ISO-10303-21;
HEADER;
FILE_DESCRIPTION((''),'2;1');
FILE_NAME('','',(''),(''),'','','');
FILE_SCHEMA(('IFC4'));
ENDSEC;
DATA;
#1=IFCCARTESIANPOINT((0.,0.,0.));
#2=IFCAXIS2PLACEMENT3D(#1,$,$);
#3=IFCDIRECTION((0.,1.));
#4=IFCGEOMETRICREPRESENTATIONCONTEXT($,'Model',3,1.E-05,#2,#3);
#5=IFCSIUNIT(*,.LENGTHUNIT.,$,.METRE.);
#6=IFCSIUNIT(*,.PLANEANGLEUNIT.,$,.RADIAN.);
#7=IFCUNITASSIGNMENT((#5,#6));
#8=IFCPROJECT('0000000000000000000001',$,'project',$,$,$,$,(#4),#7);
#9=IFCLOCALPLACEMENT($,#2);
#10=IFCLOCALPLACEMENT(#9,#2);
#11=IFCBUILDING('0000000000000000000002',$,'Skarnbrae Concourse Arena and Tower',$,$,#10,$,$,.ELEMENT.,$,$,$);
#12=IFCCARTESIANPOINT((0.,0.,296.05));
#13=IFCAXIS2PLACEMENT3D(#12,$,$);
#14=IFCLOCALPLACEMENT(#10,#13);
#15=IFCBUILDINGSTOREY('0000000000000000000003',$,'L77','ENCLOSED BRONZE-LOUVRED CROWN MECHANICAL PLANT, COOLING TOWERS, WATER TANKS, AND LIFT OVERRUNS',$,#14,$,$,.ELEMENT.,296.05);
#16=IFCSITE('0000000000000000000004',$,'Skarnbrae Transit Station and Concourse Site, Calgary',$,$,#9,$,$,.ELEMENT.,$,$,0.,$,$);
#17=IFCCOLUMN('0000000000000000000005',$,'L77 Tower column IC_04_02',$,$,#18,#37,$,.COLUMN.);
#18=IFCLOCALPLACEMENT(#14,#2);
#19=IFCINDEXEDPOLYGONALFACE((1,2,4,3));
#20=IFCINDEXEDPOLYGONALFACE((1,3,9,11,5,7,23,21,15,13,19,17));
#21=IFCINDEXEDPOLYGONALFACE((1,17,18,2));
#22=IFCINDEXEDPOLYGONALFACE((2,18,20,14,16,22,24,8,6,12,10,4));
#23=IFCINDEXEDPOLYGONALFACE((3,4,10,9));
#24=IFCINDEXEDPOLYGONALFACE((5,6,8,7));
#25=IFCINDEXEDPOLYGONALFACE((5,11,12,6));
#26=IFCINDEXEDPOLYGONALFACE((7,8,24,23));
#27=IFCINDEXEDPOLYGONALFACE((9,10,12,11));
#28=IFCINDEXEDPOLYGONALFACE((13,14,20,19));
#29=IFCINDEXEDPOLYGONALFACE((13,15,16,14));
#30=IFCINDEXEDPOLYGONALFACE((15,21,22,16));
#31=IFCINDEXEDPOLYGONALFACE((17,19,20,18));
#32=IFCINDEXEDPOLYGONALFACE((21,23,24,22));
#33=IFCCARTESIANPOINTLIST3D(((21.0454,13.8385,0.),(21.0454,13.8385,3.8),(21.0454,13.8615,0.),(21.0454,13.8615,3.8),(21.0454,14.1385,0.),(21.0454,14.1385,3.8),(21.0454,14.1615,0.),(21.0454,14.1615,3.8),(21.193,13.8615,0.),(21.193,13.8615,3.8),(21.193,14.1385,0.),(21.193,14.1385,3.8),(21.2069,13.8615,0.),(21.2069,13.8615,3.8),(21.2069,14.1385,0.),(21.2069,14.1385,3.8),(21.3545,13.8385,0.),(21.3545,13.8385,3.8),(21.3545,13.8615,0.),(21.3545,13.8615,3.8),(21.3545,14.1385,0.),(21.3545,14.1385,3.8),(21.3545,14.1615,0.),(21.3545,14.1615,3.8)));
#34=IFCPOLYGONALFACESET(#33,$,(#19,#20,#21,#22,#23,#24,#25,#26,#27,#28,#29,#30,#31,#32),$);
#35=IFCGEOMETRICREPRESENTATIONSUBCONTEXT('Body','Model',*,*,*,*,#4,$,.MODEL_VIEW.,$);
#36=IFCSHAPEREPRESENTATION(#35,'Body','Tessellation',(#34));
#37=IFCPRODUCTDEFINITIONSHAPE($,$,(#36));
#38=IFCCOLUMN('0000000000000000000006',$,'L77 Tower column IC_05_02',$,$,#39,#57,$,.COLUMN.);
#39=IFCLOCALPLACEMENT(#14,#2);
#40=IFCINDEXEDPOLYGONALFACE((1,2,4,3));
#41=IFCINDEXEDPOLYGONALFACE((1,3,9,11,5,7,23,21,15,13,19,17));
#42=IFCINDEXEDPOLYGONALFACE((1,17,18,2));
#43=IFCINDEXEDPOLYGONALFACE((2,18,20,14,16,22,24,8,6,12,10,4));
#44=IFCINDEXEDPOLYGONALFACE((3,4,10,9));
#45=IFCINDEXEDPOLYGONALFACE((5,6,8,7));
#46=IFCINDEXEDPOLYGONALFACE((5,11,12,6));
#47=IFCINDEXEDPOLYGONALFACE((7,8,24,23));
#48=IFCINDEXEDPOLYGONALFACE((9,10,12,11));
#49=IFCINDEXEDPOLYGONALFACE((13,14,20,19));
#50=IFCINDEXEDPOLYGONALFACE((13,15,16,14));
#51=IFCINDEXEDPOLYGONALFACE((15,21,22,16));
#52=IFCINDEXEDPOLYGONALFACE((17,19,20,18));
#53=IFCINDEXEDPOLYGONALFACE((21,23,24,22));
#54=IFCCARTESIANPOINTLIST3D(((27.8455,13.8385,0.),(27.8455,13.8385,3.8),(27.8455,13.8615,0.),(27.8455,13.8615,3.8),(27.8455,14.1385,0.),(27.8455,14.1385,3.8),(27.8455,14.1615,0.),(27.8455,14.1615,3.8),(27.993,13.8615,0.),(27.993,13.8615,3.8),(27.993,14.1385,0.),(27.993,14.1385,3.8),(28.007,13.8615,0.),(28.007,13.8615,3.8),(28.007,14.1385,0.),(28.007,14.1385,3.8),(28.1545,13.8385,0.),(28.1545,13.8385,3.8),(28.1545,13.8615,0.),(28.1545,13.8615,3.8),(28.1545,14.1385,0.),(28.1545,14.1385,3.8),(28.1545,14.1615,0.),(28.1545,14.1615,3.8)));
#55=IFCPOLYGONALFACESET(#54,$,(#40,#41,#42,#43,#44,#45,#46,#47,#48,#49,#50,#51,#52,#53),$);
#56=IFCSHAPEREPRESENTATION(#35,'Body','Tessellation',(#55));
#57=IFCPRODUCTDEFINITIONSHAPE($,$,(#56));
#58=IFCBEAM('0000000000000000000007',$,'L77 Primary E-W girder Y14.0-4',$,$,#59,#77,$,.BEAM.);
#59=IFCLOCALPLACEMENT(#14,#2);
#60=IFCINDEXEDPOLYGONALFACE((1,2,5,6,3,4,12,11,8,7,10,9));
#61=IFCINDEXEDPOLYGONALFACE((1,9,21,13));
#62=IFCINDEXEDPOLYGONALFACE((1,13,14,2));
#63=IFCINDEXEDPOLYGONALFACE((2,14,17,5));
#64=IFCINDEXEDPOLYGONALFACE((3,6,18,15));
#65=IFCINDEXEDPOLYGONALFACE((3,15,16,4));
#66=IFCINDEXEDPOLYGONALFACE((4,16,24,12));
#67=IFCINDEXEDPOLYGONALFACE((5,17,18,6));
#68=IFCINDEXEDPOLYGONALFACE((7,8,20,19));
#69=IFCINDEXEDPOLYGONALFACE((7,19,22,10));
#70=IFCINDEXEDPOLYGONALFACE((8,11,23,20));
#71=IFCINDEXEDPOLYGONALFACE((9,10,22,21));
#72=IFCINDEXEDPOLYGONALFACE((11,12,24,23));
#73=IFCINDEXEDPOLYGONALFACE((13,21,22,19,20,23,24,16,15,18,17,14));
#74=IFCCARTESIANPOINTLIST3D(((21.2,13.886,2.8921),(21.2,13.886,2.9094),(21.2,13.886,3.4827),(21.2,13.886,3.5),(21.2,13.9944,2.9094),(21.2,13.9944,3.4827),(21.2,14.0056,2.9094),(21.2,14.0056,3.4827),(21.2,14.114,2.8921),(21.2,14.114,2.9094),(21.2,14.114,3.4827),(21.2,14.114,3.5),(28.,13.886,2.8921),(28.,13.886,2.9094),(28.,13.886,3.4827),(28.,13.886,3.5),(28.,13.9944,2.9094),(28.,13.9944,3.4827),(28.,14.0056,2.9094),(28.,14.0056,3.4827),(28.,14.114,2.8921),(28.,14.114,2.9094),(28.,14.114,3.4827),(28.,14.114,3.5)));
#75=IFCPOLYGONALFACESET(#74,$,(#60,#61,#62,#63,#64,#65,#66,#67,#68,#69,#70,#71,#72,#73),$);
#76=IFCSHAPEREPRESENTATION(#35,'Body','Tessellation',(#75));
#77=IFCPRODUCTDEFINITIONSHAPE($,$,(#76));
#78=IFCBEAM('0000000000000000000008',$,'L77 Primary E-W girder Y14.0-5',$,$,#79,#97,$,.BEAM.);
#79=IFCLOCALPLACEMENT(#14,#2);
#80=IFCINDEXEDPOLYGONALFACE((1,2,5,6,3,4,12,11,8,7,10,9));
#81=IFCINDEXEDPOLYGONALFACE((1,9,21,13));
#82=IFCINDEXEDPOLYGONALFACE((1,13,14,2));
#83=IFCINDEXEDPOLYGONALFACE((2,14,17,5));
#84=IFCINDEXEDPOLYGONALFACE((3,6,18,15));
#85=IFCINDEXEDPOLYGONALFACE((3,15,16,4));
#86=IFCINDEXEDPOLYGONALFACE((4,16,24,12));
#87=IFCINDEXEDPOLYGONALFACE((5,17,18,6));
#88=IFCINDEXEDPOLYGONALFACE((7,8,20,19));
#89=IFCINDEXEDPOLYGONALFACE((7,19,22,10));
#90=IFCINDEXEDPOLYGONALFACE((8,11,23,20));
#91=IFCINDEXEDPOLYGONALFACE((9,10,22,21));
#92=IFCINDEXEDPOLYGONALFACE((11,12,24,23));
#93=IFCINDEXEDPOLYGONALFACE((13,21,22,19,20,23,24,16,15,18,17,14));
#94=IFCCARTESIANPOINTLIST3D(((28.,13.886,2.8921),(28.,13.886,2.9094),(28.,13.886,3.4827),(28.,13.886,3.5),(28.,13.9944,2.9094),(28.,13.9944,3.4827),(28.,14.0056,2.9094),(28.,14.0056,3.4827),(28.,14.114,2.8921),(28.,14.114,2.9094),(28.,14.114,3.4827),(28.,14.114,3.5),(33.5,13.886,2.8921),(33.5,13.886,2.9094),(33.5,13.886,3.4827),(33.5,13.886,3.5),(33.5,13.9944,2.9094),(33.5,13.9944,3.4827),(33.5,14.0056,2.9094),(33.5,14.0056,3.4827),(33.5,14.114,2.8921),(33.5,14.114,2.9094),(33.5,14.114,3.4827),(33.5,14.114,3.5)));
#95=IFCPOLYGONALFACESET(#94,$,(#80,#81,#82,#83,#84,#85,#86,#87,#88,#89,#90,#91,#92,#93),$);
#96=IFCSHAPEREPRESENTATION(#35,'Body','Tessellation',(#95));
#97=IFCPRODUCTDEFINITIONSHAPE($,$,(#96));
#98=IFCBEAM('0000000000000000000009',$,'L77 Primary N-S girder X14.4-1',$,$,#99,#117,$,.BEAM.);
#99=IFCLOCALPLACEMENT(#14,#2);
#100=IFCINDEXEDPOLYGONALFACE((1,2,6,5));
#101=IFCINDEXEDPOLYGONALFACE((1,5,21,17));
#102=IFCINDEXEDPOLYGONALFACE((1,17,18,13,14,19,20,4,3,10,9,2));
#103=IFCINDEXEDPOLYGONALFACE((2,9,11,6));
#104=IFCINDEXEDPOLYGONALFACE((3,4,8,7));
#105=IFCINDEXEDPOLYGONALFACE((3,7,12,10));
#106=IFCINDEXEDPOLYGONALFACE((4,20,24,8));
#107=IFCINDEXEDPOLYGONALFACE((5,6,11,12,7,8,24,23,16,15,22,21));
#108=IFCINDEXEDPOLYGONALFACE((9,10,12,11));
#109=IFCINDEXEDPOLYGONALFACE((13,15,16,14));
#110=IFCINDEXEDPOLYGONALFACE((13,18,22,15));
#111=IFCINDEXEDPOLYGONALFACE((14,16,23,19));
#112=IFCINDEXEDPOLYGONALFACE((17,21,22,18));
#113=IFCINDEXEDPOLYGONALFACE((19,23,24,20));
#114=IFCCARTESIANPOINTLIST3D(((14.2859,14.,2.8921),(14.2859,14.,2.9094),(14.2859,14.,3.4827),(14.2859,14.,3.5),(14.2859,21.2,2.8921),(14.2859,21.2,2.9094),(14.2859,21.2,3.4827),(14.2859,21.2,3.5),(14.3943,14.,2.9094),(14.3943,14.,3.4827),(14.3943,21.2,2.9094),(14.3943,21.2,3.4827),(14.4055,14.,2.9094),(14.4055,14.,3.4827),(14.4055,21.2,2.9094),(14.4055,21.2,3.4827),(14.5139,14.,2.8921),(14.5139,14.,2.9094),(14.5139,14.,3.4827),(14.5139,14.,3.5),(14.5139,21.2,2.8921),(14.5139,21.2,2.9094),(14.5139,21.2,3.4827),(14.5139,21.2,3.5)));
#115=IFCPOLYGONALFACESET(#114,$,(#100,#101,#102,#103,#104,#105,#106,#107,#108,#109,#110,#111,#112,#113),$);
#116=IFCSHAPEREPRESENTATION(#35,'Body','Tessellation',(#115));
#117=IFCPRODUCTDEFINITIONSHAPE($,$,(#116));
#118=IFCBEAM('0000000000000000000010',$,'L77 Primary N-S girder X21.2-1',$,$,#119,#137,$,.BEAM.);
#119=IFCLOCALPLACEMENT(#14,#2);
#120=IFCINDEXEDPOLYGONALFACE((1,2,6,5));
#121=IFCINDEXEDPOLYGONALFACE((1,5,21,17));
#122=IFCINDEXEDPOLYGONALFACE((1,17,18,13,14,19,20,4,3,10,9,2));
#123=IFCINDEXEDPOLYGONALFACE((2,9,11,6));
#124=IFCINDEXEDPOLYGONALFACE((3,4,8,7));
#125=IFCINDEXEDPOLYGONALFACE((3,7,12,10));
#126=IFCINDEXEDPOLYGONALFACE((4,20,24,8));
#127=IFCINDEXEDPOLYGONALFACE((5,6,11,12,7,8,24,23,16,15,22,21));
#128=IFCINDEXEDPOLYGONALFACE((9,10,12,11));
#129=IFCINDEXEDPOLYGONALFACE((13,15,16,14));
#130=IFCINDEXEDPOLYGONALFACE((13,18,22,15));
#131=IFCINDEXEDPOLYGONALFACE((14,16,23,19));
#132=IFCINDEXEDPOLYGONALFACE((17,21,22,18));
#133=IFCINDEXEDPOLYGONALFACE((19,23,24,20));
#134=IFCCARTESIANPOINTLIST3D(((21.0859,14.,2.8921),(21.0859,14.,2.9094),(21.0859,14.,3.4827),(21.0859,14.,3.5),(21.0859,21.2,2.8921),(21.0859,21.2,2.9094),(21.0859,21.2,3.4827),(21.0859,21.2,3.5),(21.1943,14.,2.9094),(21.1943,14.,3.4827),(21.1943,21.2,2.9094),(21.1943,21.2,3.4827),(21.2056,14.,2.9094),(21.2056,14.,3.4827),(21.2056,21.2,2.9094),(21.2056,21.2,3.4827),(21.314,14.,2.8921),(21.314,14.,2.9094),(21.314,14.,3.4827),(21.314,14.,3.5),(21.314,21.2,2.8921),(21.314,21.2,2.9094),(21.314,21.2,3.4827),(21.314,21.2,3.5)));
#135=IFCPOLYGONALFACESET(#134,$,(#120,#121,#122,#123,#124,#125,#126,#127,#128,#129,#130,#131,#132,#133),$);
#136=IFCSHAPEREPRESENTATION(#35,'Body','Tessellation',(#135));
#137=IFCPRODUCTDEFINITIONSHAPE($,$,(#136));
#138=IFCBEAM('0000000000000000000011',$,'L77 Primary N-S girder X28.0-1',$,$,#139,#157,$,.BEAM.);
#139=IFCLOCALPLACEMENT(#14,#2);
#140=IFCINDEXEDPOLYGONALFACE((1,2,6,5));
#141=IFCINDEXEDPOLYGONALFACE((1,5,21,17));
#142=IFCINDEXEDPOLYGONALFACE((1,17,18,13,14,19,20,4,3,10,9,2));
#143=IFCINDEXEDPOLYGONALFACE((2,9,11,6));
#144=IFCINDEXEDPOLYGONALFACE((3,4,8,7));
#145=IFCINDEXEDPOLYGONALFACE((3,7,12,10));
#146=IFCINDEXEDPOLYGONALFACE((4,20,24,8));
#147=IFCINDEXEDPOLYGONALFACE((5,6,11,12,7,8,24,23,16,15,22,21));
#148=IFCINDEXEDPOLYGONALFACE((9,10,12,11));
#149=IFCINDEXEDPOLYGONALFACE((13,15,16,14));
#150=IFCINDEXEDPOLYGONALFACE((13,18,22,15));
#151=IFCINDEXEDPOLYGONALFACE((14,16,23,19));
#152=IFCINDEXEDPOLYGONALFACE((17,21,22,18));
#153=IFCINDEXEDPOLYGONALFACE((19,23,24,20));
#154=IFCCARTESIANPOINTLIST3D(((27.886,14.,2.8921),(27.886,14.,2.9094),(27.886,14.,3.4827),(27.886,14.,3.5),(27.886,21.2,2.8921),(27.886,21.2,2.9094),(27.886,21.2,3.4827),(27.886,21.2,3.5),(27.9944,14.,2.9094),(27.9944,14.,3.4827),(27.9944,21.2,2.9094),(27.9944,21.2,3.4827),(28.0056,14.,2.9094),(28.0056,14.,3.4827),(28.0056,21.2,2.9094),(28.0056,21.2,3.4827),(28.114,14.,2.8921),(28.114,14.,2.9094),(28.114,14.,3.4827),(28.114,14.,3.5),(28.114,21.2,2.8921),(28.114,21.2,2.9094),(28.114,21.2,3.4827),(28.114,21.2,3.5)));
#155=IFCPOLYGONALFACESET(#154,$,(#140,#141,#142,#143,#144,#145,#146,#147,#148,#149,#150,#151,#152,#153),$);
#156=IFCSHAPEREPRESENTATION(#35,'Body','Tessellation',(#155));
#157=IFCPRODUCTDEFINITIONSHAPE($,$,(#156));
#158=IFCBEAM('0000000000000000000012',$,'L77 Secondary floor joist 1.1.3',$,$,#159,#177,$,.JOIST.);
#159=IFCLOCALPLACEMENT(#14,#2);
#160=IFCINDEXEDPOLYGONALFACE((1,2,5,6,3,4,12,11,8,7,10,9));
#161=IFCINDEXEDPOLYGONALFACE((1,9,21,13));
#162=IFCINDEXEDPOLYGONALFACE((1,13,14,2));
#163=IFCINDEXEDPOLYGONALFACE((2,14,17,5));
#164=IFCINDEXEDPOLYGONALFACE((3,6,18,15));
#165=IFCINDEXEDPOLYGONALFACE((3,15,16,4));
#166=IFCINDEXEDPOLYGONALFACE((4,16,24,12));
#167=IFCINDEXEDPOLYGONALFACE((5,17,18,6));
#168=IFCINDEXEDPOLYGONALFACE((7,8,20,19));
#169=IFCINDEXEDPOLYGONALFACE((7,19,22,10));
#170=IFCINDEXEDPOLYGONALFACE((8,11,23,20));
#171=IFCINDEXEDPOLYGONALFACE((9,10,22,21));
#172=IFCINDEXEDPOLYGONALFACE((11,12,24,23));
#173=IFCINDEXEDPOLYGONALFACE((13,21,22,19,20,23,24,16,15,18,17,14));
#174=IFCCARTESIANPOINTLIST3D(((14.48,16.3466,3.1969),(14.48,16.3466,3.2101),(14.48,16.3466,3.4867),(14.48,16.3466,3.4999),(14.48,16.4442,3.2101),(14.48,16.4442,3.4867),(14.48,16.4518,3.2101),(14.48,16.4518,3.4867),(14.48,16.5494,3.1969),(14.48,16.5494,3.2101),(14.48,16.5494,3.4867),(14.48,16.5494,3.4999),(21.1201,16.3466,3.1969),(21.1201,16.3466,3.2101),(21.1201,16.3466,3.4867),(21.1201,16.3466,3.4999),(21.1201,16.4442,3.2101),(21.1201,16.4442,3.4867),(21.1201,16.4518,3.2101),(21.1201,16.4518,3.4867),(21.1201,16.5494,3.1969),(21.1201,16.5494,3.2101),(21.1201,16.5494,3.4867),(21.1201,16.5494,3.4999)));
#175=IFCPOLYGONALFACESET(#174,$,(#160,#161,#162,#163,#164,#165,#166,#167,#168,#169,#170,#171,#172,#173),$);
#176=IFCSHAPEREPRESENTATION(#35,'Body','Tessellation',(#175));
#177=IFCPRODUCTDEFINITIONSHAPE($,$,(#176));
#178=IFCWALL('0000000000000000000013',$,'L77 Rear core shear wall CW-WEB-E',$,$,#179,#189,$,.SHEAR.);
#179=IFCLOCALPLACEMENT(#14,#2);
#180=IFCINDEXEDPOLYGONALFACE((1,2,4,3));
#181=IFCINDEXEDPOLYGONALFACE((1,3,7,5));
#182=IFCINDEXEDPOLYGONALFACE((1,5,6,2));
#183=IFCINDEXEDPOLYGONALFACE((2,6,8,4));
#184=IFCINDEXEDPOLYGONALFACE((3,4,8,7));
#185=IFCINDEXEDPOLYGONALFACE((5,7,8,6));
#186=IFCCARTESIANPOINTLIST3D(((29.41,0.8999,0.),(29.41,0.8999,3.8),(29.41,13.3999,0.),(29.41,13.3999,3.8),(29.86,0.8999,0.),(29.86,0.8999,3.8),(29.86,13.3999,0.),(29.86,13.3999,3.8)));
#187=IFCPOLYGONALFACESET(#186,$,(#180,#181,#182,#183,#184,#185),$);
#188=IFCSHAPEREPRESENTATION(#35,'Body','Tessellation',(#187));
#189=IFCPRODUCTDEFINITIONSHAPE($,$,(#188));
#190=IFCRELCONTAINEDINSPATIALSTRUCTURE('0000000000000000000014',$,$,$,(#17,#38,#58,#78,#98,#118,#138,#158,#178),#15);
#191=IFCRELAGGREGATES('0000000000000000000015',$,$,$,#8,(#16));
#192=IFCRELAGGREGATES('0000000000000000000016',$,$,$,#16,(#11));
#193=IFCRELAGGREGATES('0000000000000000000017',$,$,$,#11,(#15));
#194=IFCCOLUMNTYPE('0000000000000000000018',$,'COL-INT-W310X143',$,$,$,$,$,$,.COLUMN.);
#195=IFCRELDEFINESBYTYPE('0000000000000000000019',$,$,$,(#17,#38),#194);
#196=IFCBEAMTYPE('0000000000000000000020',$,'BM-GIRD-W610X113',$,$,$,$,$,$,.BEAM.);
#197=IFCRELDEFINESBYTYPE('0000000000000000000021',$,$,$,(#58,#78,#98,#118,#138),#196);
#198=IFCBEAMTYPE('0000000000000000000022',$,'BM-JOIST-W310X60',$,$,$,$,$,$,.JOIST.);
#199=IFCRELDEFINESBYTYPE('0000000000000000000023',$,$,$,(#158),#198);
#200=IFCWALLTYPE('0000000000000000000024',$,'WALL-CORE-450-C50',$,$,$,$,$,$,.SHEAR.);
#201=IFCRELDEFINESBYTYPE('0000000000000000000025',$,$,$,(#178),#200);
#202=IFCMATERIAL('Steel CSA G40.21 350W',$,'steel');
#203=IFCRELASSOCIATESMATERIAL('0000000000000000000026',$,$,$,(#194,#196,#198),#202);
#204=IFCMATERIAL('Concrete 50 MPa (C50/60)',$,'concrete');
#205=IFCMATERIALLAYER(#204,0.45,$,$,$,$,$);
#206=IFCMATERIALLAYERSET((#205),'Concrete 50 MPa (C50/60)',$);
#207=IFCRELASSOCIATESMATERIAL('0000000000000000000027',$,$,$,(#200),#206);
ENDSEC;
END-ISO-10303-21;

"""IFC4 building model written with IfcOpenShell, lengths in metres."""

from ifc_helpers import new_model, si_unit, direction, frame, frame_2d, origin, origin_2d, place, context, subcontext, project, spatial, rectangle, i_section, extrude, source, transform, mapped, material, layer, layer_set, material_profile, profile_set, type_object, element, save


model = new_model("IFC4")

# Units and contexts
model_context = context("Model", 3, precision=1e-05, world=origin(), true_north=direction((0.0, 1.0)))
body_context = subcontext(model_context, "Body", "Model", "MODEL_VIEW")
ifc_project = project(units=[si_unit("LENGTHUNIT", "METRE"), si_unit("PLANEANGLEUNIT", "RADIAN")], contexts=[model_context])

# Site, building, storey
site_placement = place(None, origin())
site = spatial("IfcSite", under=ifc_project, at=site_placement, Name="Skarnbrae Transit Station and Concourse Site, Calgary", CompositionType="ELEMENT", RefElevation=0.0)
building_placement = place(site_placement, origin())
building = spatial("IfcBuilding", under=site, at=building_placement, Name="Skarnbrae Concourse Arena and Tower", CompositionType="ELEMENT")
storey_placement = place(building_placement, frame((0.0, 0.0, 296.05)))
storey = spatial("IfcBuildingStorey", under=building, at=storey_placement, Name="L77", Description="ENCLOSED BRONZE-LOUVRED CROWN MECHANICAL PLANT, COOLING TOWERS, WATER TANKS, AND LIFT OVERRUNS", CompositionType="ELEMENT", Elevation=296.05)

# Columns
ifc_material_1 = material(Name="Steel CSA G40.21 350W", Category="steel")
ifc_material_profile_1 = material_profile(ifc_material_1, i_section(OverallWidth=0.3091, OverallDepth=0.323, WebThickness=0.0139, FlangeThickness=0.0229, at=origin_2d()), Name="W310X143")
ifc_profile_set_1 = profile_set([ifc_material_profile_1], Name="Steel CSA G40.21 350W")
column_type = type_object("IfcColumnType", Name="COL-INT-W310X143", PredefinedType="COLUMN", material=ifc_profile_set_1)
shared_shape_1 = source(origin(), body_context, "Body", "SweptSolid", [
    extrude(i_section(OverallWidth=0.3091, OverallDepth=0.323, WebThickness=0.0139, FlangeThickness=0.0229, at=origin_2d()), origin(), (0.0, 0.0, 1.0), 3.8),
])
for number, where, z_axis, x_axis, name in (
    (1, (21.2, 14.0, 0.0), (0.0, 0.0, 1.0), (1.0, 0.0, 0.0), "L77 Tower column IC_04_02"),
    (2, (28.0, 14.0, 0.0), (0.0, 0.0, 1.0), (1.0, 0.0, 0.0), "L77 Tower column IC_05_02"),
):
    element("IfcColumn", number, at=place(storey_placement, frame(where, z_axis=z_axis, x_axis=x_axis)), inside=storey, type_object=column_type, Name=name, PredefinedType="COLUMN", context=body_context, shape_type="MappedRepresentation", body=[
        mapped(shared_shape_1, transform((0.0, 0.0, 0.0))),
    ])

# Beams
ifc_material_profile_2 = material_profile(ifc_material_1, i_section(OverallWidth=0.228, OverallDepth=0.6079, WebThickness=0.0112, FlangeThickness=0.0173, at=origin_2d()), Name="W610X113")
ifc_profile_set_2 = profile_set([ifc_material_profile_2], Name="Steel CSA G40.21 350W")
beam_type_1 = type_object("IfcBeamType", Name="BM-GIRD-W610X113", PredefinedType="BEAM", material=ifc_profile_set_2)
shared_shape_2 = source(origin(), body_context, "Body", "SweptSolid", [
    extrude(i_section(OverallWidth=0.228, OverallDepth=0.6079, WebThickness=0.0112, FlangeThickness=0.0173, at=origin_2d()), origin(), (0.0, 0.0, 1.0), 6.8),
])
beam_1_placement = place(storey_placement, frame((21.2, 14.0, 3.196), z_axis=(1.0, 0.0, 0.0), x_axis=(0.0, 1.0, 0.0)))
element("IfcBeam", 3, at=beam_1_placement, inside=storey, type_object=beam_type_1, Name="L77 Primary E-W girder Y14.0-4", PredefinedType="BEAM", context=body_context, shape_type="MappedRepresentation", body=[
    mapped(shared_shape_2, transform((0.0, 0.0, 0.0))),
])
shared_shape_3 = source(origin(), body_context, "Body", "SweptSolid", [
    extrude(i_section(OverallWidth=0.228, OverallDepth=0.6079, WebThickness=0.0112, FlangeThickness=0.0173, at=origin_2d()), origin(), (0.0, 0.0, 1.0), 5.5),
])
beam_2_placement = place(storey_placement, frame((28.0, 14.0, 3.196), z_axis=(1.0, 0.0, 0.0), x_axis=(0.0, 1.0, 0.0)))
element("IfcBeam", 4, at=beam_2_placement, inside=storey, type_object=beam_type_1, Name="L77 Primary E-W girder Y14.0-5", PredefinedType="BEAM", context=body_context, shape_type="MappedRepresentation", body=[
    mapped(shared_shape_3, transform((0.0, 0.0, 0.0))),
])
shared_shape_4 = source(origin(), body_context, "Body", "SweptSolid", [
    extrude(i_section(OverallWidth=0.228, OverallDepth=0.6079, WebThickness=0.0112, FlangeThickness=0.0173, at=origin_2d()), origin(), (0.0, 0.0, 1.0), 7.2),
])
for number, where, z_axis, x_axis, name in (
    (5, (14.3999, 14.0, 3.196), (0.0, 1.0, 0.0), (-1.0, 0.0, 0.0), "L77 Primary N-S girder X14.4-1"),
    (6, (21.2, 14.0, 3.196), (0.0, 1.0, 0.0), (-1.0, 0.0, 0.0), "L77 Primary N-S girder X21.2-1"),
    (7, (28.0, 14.0, 3.196), (0.0, 1.0, 0.0), (-1.0, 0.0, 0.0), "L77 Primary N-S girder X28.0-1"),
):
    element("IfcBeam", number, at=place(storey_placement, frame(where, z_axis=z_axis, x_axis=x_axis)), inside=storey, type_object=beam_type_1, Name=name, PredefinedType="BEAM", context=body_context, shape_type="MappedRepresentation", body=[
        mapped(shared_shape_4, transform((0.0, 0.0, 0.0))),
    ])
ifc_material_profile_3 = material_profile(ifc_material_1, i_section(OverallWidth=0.2029, OverallDepth=0.303, WebThickness=0.0076, FlangeThickness=0.0132, at=origin_2d()), Name="W310X60")
ifc_profile_set_3 = profile_set([ifc_material_profile_3], Name="Steel CSA G40.21 350W")
beam_type_2 = type_object("IfcBeamType", Name="BM-JOIST-W310X60", PredefinedType="JOIST", material=ifc_profile_set_3)
shared_shape_5 = source(origin(), body_context, "Body", "SweptSolid", [
    extrude(i_section(OverallWidth=0.2029, OverallDepth=0.303, WebThickness=0.0076, FlangeThickness=0.0132, at=origin_2d()), origin(), (0.0, 0.0, 1.0), 6.6401),
])
beam_3_placement = place(storey_placement, frame((14.48, 16.448, 3.3484), z_axis=(1.0, 0.0, 0.0), x_axis=(0.0, 1.0, 0.0)))
element("IfcBeam", 8, at=beam_3_placement, inside=storey, type_object=beam_type_2, Name="L77 Secondary floor joist 1.1.3", PredefinedType="JOIST", context=body_context, shape_type="MappedRepresentation", body=[
    mapped(shared_shape_5, transform((0.0, 0.0, 0.0))),
])

# Shared definitions
ifc_material_2 = material(Name="Concrete 50 MPa (C50/60)", Category="concrete")

# Wall
ifc_layer_1 = layer(ifc_material_2, 0.45)
ifc_layer_set_1 = layer_set([ifc_layer_1], Name="Concrete 50 MPa (C50/60)")
wall_type_1 = type_object("IfcWallType", Name="WALL-CORE-450-C50", PredefinedType="SHEAR", material=ifc_layer_set_1)
shared_shape_6 = source(origin(), body_context, "Body", "SweptSolid", [
    extrude(rectangle(XDim=12.5, YDim=0.45, at=frame_2d((6.25, 0.0))), origin(), (0.0, 0.0, 1.0), 3.8),
])
wall_1_placement = place(storey_placement, frame((29.635, 0.8999, 0.0), z_axis=(0.0, 0.0, 1.0), x_axis=(0.0, 1.0, 0.0)))
element("IfcWall", 9, at=wall_1_placement, inside=storey, type_object=wall_type_1, Name="L77 Rear core shear wall CW-WEB-E", PredefinedType="SHEAR", context=body_context, shape_type="MappedRepresentation", body=[
    mapped(shared_shape_6, transform((0.0, 0.0, 0.0))),
])

save(model, "model.ifc")
